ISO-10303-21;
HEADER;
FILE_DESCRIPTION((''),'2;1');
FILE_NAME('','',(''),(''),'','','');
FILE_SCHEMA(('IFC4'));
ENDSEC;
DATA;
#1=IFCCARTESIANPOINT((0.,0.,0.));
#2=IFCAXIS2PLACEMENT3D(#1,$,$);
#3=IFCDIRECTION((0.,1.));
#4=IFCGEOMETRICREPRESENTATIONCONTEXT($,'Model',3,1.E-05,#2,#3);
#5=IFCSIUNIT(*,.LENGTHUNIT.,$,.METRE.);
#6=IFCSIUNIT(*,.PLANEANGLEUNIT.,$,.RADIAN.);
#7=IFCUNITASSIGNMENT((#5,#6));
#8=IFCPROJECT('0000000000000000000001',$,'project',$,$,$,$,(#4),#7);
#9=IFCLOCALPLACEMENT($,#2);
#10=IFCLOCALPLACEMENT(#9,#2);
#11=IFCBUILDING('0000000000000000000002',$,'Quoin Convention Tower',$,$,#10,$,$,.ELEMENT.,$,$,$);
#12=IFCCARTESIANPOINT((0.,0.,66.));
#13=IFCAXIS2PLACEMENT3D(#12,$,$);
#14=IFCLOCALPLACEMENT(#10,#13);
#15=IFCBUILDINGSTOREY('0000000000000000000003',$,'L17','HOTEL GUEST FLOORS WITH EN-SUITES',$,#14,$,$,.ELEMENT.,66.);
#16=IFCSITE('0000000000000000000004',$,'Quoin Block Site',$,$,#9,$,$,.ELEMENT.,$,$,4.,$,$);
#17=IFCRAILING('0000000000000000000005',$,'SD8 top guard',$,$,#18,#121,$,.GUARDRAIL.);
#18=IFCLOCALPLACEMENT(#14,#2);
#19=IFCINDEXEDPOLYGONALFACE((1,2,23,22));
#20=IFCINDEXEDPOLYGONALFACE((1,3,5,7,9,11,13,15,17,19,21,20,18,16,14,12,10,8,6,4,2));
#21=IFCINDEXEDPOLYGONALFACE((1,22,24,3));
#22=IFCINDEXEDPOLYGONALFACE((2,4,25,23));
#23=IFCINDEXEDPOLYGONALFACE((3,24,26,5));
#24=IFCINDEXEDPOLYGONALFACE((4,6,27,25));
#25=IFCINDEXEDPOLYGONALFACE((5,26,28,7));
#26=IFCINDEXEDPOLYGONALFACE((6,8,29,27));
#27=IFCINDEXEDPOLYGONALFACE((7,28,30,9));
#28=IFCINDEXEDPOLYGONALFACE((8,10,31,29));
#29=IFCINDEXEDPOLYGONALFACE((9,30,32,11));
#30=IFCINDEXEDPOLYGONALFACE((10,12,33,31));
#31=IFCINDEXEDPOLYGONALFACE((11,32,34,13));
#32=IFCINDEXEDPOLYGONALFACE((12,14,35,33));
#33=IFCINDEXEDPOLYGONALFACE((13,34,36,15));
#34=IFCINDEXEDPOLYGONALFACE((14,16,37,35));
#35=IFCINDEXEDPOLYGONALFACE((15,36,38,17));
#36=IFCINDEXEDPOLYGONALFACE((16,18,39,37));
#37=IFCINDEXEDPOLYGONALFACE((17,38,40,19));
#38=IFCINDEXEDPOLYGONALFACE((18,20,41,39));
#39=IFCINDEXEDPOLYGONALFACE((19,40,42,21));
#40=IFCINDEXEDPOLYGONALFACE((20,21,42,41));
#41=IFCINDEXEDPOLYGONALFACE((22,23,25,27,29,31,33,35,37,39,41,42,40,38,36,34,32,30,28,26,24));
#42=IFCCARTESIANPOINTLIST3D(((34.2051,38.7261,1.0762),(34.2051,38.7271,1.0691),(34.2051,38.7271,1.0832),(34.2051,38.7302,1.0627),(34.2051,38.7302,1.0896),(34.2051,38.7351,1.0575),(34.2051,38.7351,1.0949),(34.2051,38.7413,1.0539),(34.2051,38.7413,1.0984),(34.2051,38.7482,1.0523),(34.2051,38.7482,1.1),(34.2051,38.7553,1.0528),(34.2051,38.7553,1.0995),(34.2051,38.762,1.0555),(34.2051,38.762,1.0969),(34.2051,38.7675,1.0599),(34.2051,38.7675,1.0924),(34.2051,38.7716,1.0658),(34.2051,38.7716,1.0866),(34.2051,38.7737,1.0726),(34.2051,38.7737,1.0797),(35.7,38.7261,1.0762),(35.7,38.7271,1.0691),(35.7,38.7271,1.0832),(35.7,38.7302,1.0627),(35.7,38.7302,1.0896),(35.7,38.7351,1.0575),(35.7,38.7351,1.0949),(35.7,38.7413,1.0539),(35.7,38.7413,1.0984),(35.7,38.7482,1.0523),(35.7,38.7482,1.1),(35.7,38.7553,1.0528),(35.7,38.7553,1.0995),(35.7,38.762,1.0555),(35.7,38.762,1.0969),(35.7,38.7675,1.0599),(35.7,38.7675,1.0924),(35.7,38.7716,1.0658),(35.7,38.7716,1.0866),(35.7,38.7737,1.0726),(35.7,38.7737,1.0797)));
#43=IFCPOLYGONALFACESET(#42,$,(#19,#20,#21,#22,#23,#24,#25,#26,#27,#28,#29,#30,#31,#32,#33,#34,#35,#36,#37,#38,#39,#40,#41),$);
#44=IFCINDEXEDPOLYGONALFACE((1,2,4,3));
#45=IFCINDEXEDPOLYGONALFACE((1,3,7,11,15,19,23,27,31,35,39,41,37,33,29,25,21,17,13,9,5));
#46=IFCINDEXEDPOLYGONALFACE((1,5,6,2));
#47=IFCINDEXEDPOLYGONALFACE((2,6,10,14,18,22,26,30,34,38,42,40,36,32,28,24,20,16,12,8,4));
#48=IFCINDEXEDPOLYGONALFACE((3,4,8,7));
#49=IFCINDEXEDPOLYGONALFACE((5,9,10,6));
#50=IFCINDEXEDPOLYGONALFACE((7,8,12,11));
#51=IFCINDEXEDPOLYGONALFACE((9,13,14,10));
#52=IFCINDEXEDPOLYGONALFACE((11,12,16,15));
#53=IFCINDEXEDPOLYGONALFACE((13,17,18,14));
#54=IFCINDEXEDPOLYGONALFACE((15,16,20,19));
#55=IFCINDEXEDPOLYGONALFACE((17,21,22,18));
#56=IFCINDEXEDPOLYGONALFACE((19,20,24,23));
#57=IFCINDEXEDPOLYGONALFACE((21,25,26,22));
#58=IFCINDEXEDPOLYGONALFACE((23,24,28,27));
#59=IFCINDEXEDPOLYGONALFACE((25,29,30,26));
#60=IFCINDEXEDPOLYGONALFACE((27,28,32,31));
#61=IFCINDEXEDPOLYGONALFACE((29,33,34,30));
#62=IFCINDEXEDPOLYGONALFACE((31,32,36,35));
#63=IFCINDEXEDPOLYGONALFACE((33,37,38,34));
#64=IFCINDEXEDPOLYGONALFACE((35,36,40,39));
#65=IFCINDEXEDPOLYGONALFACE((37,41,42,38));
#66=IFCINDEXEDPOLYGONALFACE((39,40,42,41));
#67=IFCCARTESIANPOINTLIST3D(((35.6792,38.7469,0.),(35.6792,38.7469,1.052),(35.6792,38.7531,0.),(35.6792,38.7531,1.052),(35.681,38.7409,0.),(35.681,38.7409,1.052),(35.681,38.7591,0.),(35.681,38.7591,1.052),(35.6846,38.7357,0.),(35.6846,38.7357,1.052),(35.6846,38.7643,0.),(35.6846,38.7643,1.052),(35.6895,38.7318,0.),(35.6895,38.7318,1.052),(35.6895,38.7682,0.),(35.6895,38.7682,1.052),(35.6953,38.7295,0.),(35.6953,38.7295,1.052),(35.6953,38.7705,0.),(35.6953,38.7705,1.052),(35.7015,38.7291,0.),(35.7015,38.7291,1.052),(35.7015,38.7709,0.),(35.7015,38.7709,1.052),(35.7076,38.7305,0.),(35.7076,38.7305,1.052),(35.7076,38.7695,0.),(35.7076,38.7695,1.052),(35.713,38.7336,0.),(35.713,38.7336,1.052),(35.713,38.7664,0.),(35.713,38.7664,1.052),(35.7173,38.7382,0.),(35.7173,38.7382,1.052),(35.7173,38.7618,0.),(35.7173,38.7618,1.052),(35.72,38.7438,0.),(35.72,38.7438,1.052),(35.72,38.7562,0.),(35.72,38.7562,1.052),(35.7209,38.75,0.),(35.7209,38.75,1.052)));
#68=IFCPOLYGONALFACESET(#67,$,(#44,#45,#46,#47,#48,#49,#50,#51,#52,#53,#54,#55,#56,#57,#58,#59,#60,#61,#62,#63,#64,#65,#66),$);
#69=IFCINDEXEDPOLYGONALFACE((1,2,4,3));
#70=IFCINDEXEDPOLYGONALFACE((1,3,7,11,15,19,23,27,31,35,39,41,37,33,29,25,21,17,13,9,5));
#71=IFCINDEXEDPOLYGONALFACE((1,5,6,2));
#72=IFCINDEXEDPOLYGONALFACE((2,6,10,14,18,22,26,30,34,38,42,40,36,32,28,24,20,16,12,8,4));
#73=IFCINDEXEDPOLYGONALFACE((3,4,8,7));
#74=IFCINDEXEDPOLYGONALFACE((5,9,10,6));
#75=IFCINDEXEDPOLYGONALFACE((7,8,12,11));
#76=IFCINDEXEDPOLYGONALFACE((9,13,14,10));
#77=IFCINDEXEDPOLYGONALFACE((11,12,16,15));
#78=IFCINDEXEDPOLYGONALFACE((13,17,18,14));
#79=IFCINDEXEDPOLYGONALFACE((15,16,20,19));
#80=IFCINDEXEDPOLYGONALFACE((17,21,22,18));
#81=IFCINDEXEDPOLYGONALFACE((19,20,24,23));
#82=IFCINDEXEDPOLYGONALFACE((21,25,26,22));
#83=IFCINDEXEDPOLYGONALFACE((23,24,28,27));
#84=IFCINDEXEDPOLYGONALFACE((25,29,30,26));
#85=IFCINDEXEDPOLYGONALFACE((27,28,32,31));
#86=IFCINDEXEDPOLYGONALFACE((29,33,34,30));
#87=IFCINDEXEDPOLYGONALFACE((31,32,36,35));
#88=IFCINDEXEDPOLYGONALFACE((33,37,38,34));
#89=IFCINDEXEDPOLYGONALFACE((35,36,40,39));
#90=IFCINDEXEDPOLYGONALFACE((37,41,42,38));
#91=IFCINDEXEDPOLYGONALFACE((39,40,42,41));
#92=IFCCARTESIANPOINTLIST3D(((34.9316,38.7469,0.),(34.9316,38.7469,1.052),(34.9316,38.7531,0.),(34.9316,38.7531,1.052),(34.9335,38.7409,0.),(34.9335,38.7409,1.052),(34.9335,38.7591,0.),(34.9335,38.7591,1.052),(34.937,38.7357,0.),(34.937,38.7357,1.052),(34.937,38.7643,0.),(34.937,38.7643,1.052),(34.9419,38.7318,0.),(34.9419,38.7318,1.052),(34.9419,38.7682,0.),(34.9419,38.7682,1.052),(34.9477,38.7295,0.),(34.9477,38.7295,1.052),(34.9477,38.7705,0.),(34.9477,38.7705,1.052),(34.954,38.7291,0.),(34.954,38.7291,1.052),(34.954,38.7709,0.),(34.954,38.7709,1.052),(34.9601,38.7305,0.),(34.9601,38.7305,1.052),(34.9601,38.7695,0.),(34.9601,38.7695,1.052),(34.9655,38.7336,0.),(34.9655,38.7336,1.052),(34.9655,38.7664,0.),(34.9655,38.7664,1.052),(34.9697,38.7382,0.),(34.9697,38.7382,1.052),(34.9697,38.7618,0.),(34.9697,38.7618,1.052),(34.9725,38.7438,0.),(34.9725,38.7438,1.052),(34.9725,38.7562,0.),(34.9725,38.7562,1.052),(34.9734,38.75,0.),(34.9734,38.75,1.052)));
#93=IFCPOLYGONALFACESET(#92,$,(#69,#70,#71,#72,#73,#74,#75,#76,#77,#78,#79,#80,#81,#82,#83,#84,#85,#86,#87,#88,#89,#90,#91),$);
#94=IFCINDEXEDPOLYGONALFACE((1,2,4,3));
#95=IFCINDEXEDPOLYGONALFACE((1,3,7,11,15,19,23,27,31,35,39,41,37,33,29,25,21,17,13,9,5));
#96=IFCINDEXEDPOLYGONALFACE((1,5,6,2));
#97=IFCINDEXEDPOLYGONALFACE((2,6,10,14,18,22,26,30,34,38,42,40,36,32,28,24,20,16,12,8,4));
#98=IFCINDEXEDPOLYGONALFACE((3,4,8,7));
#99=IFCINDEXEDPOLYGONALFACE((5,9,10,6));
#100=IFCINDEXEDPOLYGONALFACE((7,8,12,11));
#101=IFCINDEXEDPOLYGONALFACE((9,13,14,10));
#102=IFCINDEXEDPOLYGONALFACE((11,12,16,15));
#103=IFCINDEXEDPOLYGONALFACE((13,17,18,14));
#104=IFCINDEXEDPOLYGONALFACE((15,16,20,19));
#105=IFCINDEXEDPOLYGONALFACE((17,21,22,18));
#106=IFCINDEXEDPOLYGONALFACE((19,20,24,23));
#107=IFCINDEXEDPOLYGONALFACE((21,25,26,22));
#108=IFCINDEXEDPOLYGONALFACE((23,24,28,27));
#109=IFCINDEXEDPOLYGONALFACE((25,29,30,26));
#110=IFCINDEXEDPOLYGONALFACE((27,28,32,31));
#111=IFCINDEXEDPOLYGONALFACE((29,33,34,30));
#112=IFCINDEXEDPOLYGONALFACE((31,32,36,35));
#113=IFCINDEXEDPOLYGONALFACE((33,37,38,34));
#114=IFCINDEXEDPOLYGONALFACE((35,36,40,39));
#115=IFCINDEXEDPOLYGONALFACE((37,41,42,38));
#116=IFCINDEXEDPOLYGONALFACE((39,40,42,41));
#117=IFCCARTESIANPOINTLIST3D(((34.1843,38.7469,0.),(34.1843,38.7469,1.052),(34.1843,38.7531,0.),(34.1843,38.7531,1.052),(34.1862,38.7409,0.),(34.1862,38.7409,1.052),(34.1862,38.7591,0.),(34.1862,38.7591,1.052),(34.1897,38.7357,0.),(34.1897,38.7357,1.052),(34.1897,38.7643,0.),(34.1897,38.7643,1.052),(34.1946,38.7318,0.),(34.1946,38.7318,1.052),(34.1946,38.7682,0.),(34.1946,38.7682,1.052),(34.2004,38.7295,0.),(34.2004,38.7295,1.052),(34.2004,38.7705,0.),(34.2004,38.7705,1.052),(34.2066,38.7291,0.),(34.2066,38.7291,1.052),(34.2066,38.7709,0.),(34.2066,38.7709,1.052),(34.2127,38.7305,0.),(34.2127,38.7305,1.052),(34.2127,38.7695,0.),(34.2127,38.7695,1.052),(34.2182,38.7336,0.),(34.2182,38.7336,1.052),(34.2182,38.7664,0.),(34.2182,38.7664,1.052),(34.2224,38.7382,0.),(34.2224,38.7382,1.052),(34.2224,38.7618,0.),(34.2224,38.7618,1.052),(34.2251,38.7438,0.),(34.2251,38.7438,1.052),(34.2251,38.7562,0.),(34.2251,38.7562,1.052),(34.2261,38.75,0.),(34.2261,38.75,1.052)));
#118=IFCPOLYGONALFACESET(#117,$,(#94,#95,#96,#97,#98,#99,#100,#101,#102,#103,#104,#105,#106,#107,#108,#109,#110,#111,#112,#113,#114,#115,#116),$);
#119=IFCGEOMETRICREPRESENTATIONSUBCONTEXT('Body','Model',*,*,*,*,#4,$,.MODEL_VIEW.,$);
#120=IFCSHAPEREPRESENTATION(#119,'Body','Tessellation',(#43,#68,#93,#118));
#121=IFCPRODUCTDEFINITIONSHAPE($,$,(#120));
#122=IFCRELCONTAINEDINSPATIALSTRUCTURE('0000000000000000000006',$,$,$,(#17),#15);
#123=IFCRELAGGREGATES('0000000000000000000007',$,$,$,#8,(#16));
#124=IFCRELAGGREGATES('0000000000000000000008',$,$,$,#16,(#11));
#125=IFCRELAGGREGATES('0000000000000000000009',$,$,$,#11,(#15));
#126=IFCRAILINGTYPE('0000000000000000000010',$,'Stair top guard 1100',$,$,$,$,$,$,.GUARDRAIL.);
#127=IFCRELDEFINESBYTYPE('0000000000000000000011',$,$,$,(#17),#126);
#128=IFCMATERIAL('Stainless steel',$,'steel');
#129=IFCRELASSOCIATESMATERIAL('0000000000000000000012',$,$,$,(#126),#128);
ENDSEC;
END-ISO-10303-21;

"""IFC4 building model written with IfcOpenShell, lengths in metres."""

from ifc_helpers import new_model, si_unit, direction, frame, origin, origin_2d, place, context, subcontext, project, spatial, circle, extrude, material, type_object, element, save


model = new_model("IFC4")

# Units and contexts
model_context = context("Model", 3, precision=1e-05, world=origin(), true_north=direction((0.0, 1.0)))
body_context = subcontext(model_context, "Body", "Model", "MODEL_VIEW")
ifc_project = project(units=[si_unit("LENGTHUNIT", "METRE"), si_unit("PLANEANGLEUNIT", "RADIAN")], contexts=[model_context])

# Site, building, storey
site_placement = place(None, origin())
site = spatial("IfcSite", under=ifc_project, at=site_placement, Name="Quoin Block Site", CompositionType="ELEMENT", RefElevation=4.0)
building_placement = place(site_placement, origin())
building = spatial("IfcBuilding", under=site, at=building_placement, Name="Quoin Convention Tower", CompositionType="ELEMENT")
storey_placement = place(building_placement, frame((0.0, 0.0, 66.0)))
storey = spatial("IfcBuildingStorey", under=building, at=storey_placement, Name="L17", Description="HOTEL GUEST FLOORS WITH EN-SUITES", CompositionType="ELEMENT", Elevation=66.0)

# Railing
ifc_material_1 = material(Name="Stainless steel", Category="steel")
railing_type_1 = type_object("IfcRailingType", Name="Stair top guard 1100", PredefinedType="GUARDRAIL", material=ifc_material_1)
railing_1_placement = place(storey_placement, frame((35.7, 38.75, 0.0)))
element("IfcRailing", 1, at=railing_1_placement, inside=storey, type_object=railing_type_1, Name="SD8 top guard", PredefinedType="GUARDRAIL", context=body_context, shape_type="SweptSolid", body=[
    extrude(circle(Radius=0.0239, at=origin_2d()), frame((0.0, 0.0, 1.0762), z_axis=(-1.0, 0.0, 0.0), x_axis=(0.0, -1.0, 0.0)), (0.0, 0.0, 1.0), 1.4949),
    extrude(circle(Radius=0.021, at=origin_2d()), origin(), (0.0, 0.0, 1.0), 1.052),
    extrude(circle(Radius=0.021, at=origin_2d()), frame((-0.7476, 0.0, 0.0)), (0.0, 0.0, 1.0), 1.052),
    extrude(circle(Radius=0.021, at=origin_2d()), frame((-1.4949, 0.0, 0.0)), (0.0, 0.0, 1.0), 1.052),
])

save(model, "model.ifc")
